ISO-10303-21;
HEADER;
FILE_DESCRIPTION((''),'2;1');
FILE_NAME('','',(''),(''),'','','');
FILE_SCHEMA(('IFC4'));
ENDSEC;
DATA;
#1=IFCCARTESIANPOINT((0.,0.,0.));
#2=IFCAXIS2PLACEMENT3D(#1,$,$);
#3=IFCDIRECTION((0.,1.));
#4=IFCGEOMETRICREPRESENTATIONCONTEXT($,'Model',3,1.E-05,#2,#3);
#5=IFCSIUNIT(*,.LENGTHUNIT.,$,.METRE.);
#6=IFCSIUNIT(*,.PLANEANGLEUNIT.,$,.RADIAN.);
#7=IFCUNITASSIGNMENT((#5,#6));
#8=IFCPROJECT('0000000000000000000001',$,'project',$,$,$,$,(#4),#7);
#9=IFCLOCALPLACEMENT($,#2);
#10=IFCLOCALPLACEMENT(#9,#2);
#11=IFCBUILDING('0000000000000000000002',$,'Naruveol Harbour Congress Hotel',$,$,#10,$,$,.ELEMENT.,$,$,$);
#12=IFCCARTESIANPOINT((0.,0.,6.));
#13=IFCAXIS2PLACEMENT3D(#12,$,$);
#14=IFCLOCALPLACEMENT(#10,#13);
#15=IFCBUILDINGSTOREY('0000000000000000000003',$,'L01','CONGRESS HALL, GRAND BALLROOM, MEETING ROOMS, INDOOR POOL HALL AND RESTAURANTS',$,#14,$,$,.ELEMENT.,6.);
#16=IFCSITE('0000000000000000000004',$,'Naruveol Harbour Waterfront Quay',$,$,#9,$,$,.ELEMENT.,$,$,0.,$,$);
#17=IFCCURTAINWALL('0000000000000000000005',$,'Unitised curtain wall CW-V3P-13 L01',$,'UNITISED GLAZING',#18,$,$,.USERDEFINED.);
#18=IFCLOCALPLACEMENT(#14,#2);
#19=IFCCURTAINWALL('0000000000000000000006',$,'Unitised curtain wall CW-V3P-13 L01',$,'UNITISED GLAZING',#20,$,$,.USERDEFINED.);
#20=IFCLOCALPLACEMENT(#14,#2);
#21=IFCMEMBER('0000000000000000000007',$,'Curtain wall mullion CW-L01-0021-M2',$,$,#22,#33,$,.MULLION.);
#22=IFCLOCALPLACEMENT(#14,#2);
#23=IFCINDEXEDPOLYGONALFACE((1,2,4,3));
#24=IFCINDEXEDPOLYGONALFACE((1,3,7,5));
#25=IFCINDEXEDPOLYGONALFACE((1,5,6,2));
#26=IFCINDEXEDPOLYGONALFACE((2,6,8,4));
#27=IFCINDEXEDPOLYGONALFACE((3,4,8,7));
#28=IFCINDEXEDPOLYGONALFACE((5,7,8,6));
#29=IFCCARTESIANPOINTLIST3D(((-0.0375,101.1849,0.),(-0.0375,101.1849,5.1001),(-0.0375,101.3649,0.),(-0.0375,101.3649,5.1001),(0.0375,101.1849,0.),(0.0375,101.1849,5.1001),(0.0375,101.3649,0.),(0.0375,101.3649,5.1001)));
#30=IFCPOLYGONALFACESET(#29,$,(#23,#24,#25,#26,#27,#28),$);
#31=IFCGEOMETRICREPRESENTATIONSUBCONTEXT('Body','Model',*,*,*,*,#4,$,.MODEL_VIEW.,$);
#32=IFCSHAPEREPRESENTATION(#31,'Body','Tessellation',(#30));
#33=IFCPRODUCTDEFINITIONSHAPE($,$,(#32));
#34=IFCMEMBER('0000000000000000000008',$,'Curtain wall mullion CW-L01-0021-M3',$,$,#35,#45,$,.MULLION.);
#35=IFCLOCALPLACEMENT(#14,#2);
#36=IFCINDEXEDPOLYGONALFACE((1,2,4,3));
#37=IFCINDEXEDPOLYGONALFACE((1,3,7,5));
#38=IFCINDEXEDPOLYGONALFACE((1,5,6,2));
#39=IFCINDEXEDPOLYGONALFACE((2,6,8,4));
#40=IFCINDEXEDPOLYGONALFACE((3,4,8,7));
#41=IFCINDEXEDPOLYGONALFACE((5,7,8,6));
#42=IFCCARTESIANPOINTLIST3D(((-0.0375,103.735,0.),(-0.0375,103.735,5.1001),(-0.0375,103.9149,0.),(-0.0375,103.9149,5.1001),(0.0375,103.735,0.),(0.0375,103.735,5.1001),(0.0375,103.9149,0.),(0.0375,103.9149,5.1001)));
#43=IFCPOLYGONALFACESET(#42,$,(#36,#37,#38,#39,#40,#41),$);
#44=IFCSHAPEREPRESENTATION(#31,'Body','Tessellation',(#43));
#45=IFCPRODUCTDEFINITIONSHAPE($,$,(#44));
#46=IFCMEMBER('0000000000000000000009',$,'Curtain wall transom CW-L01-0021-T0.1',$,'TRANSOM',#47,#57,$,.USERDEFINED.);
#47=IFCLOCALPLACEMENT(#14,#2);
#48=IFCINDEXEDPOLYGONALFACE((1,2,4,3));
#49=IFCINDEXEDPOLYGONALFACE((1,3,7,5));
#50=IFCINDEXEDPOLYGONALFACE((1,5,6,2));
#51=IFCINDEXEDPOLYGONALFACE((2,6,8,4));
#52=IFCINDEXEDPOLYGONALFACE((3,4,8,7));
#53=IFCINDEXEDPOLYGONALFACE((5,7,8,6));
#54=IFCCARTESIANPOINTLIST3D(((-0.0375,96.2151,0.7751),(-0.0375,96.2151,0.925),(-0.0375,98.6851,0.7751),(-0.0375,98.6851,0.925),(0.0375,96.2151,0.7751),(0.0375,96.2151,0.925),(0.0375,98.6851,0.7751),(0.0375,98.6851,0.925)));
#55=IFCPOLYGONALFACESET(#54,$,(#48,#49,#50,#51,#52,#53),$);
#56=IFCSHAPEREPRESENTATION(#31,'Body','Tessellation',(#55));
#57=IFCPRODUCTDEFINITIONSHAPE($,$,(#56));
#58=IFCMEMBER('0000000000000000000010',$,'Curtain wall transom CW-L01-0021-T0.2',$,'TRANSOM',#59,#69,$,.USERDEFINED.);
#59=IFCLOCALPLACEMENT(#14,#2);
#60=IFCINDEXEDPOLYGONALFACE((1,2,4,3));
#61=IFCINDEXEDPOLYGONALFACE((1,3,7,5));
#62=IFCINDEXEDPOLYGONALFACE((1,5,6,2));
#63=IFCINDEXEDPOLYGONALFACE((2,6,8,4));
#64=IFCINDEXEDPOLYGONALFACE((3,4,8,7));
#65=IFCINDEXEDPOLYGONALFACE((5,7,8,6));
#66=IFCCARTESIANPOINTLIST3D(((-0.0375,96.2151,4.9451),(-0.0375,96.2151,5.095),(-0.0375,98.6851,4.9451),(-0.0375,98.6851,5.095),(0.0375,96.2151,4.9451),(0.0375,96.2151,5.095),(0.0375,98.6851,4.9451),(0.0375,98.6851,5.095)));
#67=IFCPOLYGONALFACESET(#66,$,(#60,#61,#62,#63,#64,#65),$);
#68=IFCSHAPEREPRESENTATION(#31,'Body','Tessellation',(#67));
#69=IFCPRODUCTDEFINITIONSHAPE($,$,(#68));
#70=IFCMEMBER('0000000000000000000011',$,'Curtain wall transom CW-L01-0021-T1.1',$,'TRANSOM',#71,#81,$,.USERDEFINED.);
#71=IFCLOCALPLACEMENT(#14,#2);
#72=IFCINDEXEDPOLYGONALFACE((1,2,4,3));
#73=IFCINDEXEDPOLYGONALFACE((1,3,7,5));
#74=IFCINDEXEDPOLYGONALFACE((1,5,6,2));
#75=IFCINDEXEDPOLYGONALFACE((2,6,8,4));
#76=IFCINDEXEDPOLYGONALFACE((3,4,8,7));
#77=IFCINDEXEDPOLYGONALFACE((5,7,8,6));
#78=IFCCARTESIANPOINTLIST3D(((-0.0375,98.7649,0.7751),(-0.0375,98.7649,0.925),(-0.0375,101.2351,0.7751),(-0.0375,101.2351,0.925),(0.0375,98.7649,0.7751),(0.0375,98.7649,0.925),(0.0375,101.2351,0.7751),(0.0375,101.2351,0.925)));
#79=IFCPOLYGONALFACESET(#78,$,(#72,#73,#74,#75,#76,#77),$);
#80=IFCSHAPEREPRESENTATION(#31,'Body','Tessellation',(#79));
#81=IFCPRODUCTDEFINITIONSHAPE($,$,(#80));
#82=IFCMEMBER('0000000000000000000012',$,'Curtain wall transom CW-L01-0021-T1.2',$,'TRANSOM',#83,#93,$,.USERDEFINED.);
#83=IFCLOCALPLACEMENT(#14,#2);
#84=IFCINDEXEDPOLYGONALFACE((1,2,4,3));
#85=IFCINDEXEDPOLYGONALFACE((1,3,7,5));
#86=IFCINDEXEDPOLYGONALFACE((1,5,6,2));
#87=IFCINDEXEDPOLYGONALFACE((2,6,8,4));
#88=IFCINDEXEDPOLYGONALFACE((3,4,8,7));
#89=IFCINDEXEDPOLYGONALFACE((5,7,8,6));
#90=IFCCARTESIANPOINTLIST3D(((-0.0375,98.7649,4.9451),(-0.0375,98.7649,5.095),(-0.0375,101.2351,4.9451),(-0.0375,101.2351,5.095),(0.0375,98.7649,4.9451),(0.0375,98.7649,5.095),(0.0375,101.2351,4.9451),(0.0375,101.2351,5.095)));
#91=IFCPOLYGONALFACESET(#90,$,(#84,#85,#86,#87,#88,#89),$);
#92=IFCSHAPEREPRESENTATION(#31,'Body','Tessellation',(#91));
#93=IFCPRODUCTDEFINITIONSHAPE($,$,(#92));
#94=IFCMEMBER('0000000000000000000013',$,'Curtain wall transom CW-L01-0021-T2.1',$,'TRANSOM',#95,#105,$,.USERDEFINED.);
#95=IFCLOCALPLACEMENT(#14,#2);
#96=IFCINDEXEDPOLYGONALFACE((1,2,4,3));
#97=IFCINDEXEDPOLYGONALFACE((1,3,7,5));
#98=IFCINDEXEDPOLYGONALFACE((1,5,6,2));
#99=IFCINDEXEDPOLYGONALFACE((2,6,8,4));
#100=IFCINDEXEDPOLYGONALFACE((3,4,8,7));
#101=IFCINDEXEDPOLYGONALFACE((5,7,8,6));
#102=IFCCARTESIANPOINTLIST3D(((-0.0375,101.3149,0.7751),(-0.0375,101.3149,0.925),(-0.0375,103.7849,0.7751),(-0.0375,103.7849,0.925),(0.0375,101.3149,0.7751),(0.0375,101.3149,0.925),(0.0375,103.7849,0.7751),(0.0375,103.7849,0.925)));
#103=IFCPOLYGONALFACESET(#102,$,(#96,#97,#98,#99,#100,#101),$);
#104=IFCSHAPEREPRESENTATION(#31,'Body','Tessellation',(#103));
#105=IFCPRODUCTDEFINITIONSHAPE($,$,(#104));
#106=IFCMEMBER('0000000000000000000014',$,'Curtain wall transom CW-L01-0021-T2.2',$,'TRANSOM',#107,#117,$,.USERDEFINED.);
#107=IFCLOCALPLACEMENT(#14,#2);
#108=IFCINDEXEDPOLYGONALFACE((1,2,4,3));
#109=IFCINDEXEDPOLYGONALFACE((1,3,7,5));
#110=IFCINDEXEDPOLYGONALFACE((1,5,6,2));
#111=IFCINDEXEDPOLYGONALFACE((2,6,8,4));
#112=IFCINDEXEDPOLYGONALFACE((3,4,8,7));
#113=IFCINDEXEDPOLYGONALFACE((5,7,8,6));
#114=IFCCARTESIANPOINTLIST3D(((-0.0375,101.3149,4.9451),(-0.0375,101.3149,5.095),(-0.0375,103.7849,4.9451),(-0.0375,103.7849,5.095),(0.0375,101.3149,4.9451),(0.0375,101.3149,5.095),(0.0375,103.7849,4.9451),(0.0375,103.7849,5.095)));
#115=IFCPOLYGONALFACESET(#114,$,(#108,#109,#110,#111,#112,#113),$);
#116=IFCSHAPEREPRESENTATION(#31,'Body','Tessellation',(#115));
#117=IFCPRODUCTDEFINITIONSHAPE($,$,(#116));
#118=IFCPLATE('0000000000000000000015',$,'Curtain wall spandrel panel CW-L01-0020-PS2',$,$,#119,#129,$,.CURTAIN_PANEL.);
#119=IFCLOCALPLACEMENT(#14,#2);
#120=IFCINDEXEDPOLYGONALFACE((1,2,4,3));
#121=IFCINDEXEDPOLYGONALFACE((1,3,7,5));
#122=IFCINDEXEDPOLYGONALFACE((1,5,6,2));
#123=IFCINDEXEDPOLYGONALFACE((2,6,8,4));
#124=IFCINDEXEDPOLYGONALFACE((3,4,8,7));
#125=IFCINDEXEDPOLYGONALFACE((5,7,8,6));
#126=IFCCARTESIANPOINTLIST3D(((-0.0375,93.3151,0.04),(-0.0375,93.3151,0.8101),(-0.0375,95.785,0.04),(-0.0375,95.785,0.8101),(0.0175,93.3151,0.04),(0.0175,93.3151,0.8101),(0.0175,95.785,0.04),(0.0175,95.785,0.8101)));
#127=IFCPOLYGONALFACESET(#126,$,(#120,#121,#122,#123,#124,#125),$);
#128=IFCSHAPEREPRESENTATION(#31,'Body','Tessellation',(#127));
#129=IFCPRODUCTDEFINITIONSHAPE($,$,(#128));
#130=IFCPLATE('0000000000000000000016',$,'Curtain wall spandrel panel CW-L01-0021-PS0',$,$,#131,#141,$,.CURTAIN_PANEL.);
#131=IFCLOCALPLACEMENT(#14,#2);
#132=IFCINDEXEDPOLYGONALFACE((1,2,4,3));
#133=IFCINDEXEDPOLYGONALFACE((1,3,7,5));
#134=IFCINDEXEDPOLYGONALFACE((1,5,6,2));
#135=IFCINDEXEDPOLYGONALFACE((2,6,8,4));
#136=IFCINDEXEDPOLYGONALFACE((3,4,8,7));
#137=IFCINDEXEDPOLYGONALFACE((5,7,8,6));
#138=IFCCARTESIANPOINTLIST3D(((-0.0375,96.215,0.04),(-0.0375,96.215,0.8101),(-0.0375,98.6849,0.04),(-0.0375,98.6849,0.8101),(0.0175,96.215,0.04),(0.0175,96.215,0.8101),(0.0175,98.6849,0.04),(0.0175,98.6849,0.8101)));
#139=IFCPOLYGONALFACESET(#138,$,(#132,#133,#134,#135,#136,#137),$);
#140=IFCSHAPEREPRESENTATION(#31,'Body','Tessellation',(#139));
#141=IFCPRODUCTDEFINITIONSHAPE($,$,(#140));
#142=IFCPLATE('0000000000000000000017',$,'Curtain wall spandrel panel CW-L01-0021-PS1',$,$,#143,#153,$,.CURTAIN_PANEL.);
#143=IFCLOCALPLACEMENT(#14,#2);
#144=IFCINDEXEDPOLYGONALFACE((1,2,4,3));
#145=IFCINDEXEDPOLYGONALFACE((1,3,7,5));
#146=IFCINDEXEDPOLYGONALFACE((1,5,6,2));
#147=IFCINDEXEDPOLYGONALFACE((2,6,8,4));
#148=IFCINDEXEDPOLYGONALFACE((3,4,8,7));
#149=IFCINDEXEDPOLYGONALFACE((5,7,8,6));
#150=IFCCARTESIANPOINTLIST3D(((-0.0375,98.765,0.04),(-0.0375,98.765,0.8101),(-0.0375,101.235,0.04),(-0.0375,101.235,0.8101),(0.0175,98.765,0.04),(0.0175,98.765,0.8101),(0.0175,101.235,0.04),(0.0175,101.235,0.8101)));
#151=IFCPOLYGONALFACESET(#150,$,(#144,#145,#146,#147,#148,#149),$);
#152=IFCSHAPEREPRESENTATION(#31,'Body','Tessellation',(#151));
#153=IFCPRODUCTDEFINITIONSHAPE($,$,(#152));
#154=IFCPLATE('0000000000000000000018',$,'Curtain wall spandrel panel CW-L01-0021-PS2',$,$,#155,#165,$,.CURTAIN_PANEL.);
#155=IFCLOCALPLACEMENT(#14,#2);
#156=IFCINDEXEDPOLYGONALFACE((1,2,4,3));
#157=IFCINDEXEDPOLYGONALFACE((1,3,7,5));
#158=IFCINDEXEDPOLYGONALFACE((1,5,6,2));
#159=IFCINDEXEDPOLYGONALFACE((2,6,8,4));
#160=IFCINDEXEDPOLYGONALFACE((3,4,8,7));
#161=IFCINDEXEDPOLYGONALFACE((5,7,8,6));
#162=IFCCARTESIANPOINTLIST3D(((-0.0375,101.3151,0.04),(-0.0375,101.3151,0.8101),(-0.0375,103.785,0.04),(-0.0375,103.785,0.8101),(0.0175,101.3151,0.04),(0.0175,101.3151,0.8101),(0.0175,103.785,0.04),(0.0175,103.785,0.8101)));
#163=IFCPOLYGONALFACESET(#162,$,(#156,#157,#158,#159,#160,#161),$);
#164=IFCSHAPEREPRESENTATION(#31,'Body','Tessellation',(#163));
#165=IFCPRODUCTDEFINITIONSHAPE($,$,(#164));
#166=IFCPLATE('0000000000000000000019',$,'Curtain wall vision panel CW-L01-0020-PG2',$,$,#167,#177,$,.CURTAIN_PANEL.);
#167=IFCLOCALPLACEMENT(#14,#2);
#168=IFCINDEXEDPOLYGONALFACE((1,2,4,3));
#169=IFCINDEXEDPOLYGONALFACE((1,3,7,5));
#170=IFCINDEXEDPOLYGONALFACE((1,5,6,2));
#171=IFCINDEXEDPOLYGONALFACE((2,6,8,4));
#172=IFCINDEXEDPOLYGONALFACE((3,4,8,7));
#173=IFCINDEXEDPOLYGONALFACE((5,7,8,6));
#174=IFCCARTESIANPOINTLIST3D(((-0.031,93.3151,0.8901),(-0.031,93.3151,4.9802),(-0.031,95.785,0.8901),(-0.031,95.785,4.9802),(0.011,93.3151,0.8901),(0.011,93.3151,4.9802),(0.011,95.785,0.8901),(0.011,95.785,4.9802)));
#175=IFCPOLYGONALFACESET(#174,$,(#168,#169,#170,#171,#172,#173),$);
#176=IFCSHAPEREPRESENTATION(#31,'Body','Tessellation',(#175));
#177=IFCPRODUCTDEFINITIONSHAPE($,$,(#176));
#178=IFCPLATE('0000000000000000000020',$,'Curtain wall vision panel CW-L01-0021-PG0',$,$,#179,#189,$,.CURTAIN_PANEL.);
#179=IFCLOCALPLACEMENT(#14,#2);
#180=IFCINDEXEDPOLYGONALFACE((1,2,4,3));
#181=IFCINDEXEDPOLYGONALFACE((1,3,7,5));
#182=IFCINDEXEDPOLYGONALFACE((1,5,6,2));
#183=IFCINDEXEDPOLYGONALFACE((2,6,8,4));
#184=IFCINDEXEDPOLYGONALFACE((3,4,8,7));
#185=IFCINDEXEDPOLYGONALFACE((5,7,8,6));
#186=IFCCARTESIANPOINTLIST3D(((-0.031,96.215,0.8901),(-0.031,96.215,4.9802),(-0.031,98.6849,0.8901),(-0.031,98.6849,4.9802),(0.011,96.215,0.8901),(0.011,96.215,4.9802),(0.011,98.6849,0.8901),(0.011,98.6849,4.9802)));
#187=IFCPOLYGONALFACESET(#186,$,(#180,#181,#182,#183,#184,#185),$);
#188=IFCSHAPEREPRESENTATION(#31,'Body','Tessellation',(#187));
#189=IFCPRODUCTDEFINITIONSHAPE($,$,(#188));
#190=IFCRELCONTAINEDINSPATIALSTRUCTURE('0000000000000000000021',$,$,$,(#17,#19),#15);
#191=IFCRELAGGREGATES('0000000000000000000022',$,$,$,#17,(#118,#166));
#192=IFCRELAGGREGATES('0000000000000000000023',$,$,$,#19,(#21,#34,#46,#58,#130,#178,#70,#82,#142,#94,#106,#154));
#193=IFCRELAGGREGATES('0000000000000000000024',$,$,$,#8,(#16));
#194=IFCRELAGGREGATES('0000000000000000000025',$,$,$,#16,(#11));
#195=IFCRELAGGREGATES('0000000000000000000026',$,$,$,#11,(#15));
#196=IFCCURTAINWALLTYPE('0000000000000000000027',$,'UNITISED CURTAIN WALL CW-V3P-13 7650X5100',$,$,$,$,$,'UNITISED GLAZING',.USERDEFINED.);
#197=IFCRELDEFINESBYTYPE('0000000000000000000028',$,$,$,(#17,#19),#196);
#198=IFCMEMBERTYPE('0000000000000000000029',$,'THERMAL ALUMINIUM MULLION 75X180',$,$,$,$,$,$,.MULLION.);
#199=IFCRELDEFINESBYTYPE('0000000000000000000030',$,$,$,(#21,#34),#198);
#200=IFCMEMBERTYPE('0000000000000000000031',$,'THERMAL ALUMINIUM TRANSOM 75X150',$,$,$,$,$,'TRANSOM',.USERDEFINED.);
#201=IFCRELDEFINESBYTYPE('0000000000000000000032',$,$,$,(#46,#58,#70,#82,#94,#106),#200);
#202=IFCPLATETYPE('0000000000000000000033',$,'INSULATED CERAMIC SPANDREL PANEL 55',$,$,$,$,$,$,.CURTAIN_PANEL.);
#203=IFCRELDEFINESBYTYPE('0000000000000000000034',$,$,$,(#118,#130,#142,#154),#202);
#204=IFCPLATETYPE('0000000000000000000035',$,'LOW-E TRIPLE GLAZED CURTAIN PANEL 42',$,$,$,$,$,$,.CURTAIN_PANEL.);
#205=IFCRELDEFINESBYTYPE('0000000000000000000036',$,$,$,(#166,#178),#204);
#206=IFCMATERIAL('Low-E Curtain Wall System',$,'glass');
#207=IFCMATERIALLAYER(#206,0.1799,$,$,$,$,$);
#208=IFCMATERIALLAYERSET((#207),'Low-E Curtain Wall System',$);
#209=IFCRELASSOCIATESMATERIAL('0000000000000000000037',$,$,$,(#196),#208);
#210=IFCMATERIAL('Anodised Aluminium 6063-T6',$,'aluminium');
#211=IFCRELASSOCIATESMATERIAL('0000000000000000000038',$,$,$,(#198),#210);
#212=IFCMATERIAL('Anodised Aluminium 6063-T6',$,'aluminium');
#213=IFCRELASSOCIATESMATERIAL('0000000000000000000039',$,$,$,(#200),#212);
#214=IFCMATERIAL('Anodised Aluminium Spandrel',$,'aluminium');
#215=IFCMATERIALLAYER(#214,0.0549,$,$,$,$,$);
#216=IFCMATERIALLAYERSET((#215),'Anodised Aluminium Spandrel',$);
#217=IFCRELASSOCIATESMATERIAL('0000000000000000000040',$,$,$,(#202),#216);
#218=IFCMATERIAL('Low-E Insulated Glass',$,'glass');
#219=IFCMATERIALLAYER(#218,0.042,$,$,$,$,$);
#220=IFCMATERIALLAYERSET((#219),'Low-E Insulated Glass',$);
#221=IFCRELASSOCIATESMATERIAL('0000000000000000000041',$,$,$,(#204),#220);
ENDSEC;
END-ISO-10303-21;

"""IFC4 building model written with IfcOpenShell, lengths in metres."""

from ifc_helpers import new_model, si_unit, direction, frame, origin, origin_2d, place, context, subcontext, project, spatial, rectangle, extrude, material, layer, layer_set, material_profile, profile_set, type_object, element, aggregate, save


model = new_model("IFC4")

# Units and contexts
model_context = context("Model", 3, precision=1e-05, world=origin(), true_north=direction((0.0, 1.0)))
body_context = subcontext(model_context, "Body", "Model", "MODEL_VIEW")
ifc_project = project(units=[si_unit("LENGTHUNIT", "METRE"), si_unit("PLANEANGLEUNIT", "RADIAN")], contexts=[model_context])

# Site, building, storey
site_placement = place(None, origin())
site = spatial("IfcSite", under=ifc_project, at=site_placement, Name="Naruveol Harbour Waterfront Quay", CompositionType="ELEMENT", RefElevation=0.0)
building_placement = place(site_placement, origin())
building = spatial("IfcBuilding", under=site, at=building_placement, Name="Naruveol Harbour Congress Hotel", CompositionType="ELEMENT")
storey_placement = place(building_placement, frame((0.0, 0.0, 6.0)))
storey = spatial("IfcBuildingStorey", under=building, at=storey_placement, Name="L01", Description="CONGRESS HALL, GRAND BALLROOM, MEETING ROOMS, INDOOR POOL HALL AND RESTAURANTS", CompositionType="ELEMENT", Elevation=6.0)

# Curtain wall
ifc_material_1 = material(Name="Low-E Curtain Wall System", Category="glass")
ifc_layer_1 = layer(ifc_material_1, 0.1799)
ifc_layer_set_1 = layer_set([ifc_layer_1], Name="Low-E Curtain Wall System")
curtain_wall_type = type_object("IfcCurtainWallType", Name="UNITISED CURTAIN WALL CW-V3P-13 7650X5100", ElementType="UNITISED GLAZING", PredefinedType="USERDEFINED", material=ifc_layer_set_1)
curtain_wall_1_placement = place(storey_placement, origin())
curtain_wall_1 = element("IfcCurtainWall", 1, at=curtain_wall_1_placement, inside=storey, type_object=curtain_wall_type, Name="Unitised curtain wall CW-V3P-13 L01", ObjectType="UNITISED GLAZING", PredefinedType="USERDEFINED")
ifc_material_2 = material(Name="Anodised Aluminium 6063-T6", Category="aluminium")
ifc_material_profile_1 = material_profile(ifc_material_2, rectangle(XDim=0.075, YDim=0.1799, at=origin_2d()), Name="ALU-75x180")
ifc_profile_set_1 = profile_set([ifc_material_profile_1], Name="Anodised Aluminium 6063-T6")
member_type_1 = type_object("IfcMemberType", Name="THERMAL ALUMINIUM MULLION 75X180", PredefinedType="MULLION", material=ifc_profile_set_1)

# Curtain wall, members
curtain_wall_2_placement = place(storey_placement, origin())
curtain_wall_2 = element("IfcCurtainWall", 2, at=curtain_wall_2_placement, inside=storey, type_object=curtain_wall_type, Name="Unitised curtain wall CW-V3P-13 L01", ObjectType="UNITISED GLAZING", PredefinedType="USERDEFINED")
member_1_placement = place(storey_placement, frame((0.0, 101.2749, 0.0), z_axis=(0.0, 0.0, 1.0), x_axis=(1.0, 0.0, 0.0)))
member_1 = element("IfcMember", 3, at=member_1_placement, type_object=member_type_1, Name="Curtain wall mullion CW-L01-0021-M2", PredefinedType="MULLION", context=body_context, shape_type="SweptSolid", body=[
    extrude(rectangle(XDim=0.075, YDim=0.1799, at=origin_2d()), origin(), (0.0, 0.0, 1.0), 5.1001),
])
member_2_placement = place(storey_placement, frame((0.0, 103.825, 0.0), z_axis=(0.0, 0.0, 1.0), x_axis=(1.0, 0.0, 0.0)))
member_2 = element("IfcMember", 4, at=member_2_placement, type_object=member_type_1, Name="Curtain wall mullion CW-L01-0021-M3", PredefinedType="MULLION", context=body_context, shape_type="SweptSolid", body=[
    extrude(rectangle(XDim=0.075, YDim=0.1799, at=origin_2d()), origin(), (0.0, 0.0, 1.0), 5.1001),
])
ifc_material_3 = material(Name="Anodised Aluminium 6063-T6", Category="aluminium")
ifc_material_profile_2 = material_profile(ifc_material_3, rectangle(XDim=0.075, YDim=0.1499, at=origin_2d()), Name="ALU-75x150")
ifc_profile_set_2 = profile_set([ifc_material_profile_2], Name="Anodised Aluminium 6063-T6")
member_type_2 = type_object("IfcMemberType", Name="THERMAL ALUMINIUM TRANSOM 75X150", ElementType="TRANSOM", PredefinedType="USERDEFINED", material=ifc_profile_set_2)
member_3_placement = place(storey_placement, frame((0.0, 96.2151, 0.8501), z_axis=(0.0, 1.0, 0.0), x_axis=(-1.0, 0.0, 0.0)))
member_3 = element("IfcMember", 5, at=member_3_placement, type_object=member_type_2, Name="Curtain wall transom CW-L01-0021-T0.1", ObjectType="TRANSOM", PredefinedType="USERDEFINED", context=body_context, shape_type="SweptSolid", body=[
    extrude(rectangle(XDim=0.075, YDim=0.1499, at=origin_2d()), origin(), (0.0, 0.0, 1.0), 2.47),
])
member_4_placement = place(storey_placement, frame((0.0, 96.2151, 5.02), z_axis=(0.0, 1.0, 0.0), x_axis=(-1.0, 0.0, 0.0)))
member_4 = element("IfcMember", 6, at=member_4_placement, type_object=member_type_2, Name="Curtain wall transom CW-L01-0021-T0.2", ObjectType="TRANSOM", PredefinedType="USERDEFINED", context=body_context, shape_type="SweptSolid", body=[
    extrude(rectangle(XDim=0.075, YDim=0.1499, at=origin_2d()), origin(), (0.0, 0.0, 1.0), 2.47),
])
member_5_placement = place(storey_placement, frame((0.0, 98.7649, 0.8501), z_axis=(0.0, 1.0, 0.0), x_axis=(-1.0, 0.0, 0.0)))
member_5 = element("IfcMember", 7, at=member_5_placement, type_object=member_type_2, Name="Curtain wall transom CW-L01-0021-T1.1", ObjectType="TRANSOM", PredefinedType="USERDEFINED", context=body_context, shape_type="SweptSolid", body=[
    extrude(rectangle(XDim=0.075, YDim=0.1499, at=origin_2d()), origin(), (0.0, 0.0, 1.0), 2.4702),
])
member_6_placement = place(storey_placement, frame((0.0, 98.7649, 5.02), z_axis=(0.0, 1.0, 0.0), x_axis=(-1.0, 0.0, 0.0)))
member_6 = element("IfcMember", 8, at=member_6_placement, type_object=member_type_2, Name="Curtain wall transom CW-L01-0021-T1.2", ObjectType="TRANSOM", PredefinedType="USERDEFINED", context=body_context, shape_type="SweptSolid", body=[
    extrude(rectangle(XDim=0.075, YDim=0.1499, at=origin_2d()), origin(), (0.0, 0.0, 1.0), 2.4702),
])
member_7_placement = place(storey_placement, frame((0.0, 101.3149, 0.8501), z_axis=(0.0, 1.0, 0.0), x_axis=(-1.0, 0.0, 0.0)))
member_7 = element("IfcMember", 9, at=member_7_placement, type_object=member_type_2, Name="Curtain wall transom CW-L01-0021-T2.1", ObjectType="TRANSOM", PredefinedType="USERDEFINED", context=body_context, shape_type="SweptSolid", body=[
    extrude(rectangle(XDim=0.075, YDim=0.1499, at=origin_2d()), origin(), (0.0, 0.0, 1.0), 2.47),
])
member_8_placement = place(storey_placement, frame((0.0, 101.3149, 5.02), z_axis=(0.0, 1.0, 0.0), x_axis=(-1.0, 0.0, 0.0)))
member_8 = element("IfcMember", 10, at=member_8_placement, type_object=member_type_2, Name="Curtain wall transom CW-L01-0021-T2.2", ObjectType="TRANSOM", PredefinedType="USERDEFINED", context=body_context, shape_type="SweptSolid", body=[
    extrude(rectangle(XDim=0.075, YDim=0.1499, at=origin_2d()), origin(), (0.0, 0.0, 1.0), 2.47),
])

# Plates
ifc_material_4 = material(Name="Anodised Aluminium Spandrel", Category="aluminium")
ifc_layer_2 = layer(ifc_material_4, 0.0549)
ifc_layer_set_2 = layer_set([ifc_layer_2], Name="Anodised Aluminium Spandrel")
plate_type_1 = type_object("IfcPlateType", Name="INSULATED CERAMIC SPANDREL PANEL 55", PredefinedType="CURTAIN_PANEL", material=ifc_layer_set_2)
plate_1_placement = place(storey_placement, frame((-0.01, 94.55, 0.04), z_axis=(0.0, 0.0, 1.0), x_axis=(0.0, 1.0, 0.0)))
plate_1 = element("IfcPlate", 11, at=plate_1_placement, type_object=plate_type_1, Name="Curtain wall spandrel panel CW-L01-0020-PS2", PredefinedType="CURTAIN_PANEL", context=body_context, shape_type="SweptSolid", body=[
    extrude(rectangle(XDim=2.47, YDim=0.0549, at=origin_2d()), origin(), (0.0, 0.0, 1.0), 0.77),
])
plate_2_placement = place(storey_placement, frame((-0.01, 97.45, 0.04), z_axis=(0.0, 0.0, 1.0), x_axis=(0.0, 1.0, 0.0)))
plate_2 = element("IfcPlate", 12, at=plate_2_placement, type_object=plate_type_1, Name="Curtain wall spandrel panel CW-L01-0021-PS0", PredefinedType="CURTAIN_PANEL", context=body_context, shape_type="SweptSolid", body=[
    extrude(rectangle(XDim=2.47, YDim=0.0549, at=origin_2d()), origin(), (0.0, 0.0, 1.0), 0.77),
])
plate_3_placement = place(storey_placement, frame((-0.01, 100.0, 0.04), z_axis=(0.0, 0.0, 1.0), x_axis=(0.0, 1.0, 0.0)))
plate_3 = element("IfcPlate", 13, at=plate_3_placement, type_object=plate_type_1, Name="Curtain wall spandrel panel CW-L01-0021-PS1", PredefinedType="CURTAIN_PANEL", context=body_context, shape_type="SweptSolid", body=[
    extrude(rectangle(XDim=2.47, YDim=0.0549, at=origin_2d()), origin(), (0.0, 0.0, 1.0), 0.77),
])
plate_4_placement = place(storey_placement, frame((-0.01, 102.55, 0.04), z_axis=(0.0, 0.0, 1.0), x_axis=(0.0, 1.0, 0.0)))
plate_4 = element("IfcPlate", 14, at=plate_4_placement, type_object=plate_type_1, Name="Curtain wall spandrel panel CW-L01-0021-PS2", PredefinedType="CURTAIN_PANEL", context=body_context, shape_type="SweptSolid", body=[
    extrude(rectangle(XDim=2.47, YDim=0.0549, at=origin_2d()), origin(), (0.0, 0.0, 1.0), 0.77),
])
ifc_material_5 = material(Name="Low-E Insulated Glass", Category="glass")
ifc_layer_3 = layer(ifc_material_5, 0.042)
ifc_layer_set_3 = layer_set([ifc_layer_3], Name="Low-E Insulated Glass")
plate_type_2 = type_object("IfcPlateType", Name="LOW-E TRIPLE GLAZED CURTAIN PANEL 42", PredefinedType="CURTAIN_PANEL", material=ifc_layer_set_3)
plate_5_placement = place(storey_placement, frame((-0.01, 94.55, 0.8901), z_axis=(0.0, 0.0, 1.0), x_axis=(0.0, 1.0, 0.0)))
plate_5 = element("IfcPlate", 15, at=plate_5_placement, type_object=plate_type_2, Name="Curtain wall vision panel CW-L01-0020-PG2", PredefinedType="CURTAIN_PANEL", context=body_context, shape_type="SweptSolid", body=[
    extrude(rectangle(XDim=2.47, YDim=0.042, at=origin_2d()), origin(), (0.0, 0.0, 1.0), 4.0901),
])
aggregate(curtain_wall_1, [plate_1, plate_5])
plate_6_placement = place(storey_placement, frame((-0.01, 97.45, 0.8901), z_axis=(0.0, 0.0, 1.0), x_axis=(0.0, 1.0, 0.0)))
plate_6 = element("IfcPlate", 16, at=plate_6_placement, type_object=plate_type_2, Name="Curtain wall vision panel CW-L01-0021-PG0", PredefinedType="CURTAIN_PANEL", context=body_context, shape_type="SweptSolid", body=[
    extrude(rectangle(XDim=2.47, YDim=0.042, at=origin_2d()), origin(), (0.0, 0.0, 1.0), 4.0901),
])
aggregate(curtain_wall_2, [member_1, member_2, member_3, member_4, plate_2, plate_6, member_5, member_6, plate_3, member_7, member_8, plate_4])

save(model, "model.ifc")
